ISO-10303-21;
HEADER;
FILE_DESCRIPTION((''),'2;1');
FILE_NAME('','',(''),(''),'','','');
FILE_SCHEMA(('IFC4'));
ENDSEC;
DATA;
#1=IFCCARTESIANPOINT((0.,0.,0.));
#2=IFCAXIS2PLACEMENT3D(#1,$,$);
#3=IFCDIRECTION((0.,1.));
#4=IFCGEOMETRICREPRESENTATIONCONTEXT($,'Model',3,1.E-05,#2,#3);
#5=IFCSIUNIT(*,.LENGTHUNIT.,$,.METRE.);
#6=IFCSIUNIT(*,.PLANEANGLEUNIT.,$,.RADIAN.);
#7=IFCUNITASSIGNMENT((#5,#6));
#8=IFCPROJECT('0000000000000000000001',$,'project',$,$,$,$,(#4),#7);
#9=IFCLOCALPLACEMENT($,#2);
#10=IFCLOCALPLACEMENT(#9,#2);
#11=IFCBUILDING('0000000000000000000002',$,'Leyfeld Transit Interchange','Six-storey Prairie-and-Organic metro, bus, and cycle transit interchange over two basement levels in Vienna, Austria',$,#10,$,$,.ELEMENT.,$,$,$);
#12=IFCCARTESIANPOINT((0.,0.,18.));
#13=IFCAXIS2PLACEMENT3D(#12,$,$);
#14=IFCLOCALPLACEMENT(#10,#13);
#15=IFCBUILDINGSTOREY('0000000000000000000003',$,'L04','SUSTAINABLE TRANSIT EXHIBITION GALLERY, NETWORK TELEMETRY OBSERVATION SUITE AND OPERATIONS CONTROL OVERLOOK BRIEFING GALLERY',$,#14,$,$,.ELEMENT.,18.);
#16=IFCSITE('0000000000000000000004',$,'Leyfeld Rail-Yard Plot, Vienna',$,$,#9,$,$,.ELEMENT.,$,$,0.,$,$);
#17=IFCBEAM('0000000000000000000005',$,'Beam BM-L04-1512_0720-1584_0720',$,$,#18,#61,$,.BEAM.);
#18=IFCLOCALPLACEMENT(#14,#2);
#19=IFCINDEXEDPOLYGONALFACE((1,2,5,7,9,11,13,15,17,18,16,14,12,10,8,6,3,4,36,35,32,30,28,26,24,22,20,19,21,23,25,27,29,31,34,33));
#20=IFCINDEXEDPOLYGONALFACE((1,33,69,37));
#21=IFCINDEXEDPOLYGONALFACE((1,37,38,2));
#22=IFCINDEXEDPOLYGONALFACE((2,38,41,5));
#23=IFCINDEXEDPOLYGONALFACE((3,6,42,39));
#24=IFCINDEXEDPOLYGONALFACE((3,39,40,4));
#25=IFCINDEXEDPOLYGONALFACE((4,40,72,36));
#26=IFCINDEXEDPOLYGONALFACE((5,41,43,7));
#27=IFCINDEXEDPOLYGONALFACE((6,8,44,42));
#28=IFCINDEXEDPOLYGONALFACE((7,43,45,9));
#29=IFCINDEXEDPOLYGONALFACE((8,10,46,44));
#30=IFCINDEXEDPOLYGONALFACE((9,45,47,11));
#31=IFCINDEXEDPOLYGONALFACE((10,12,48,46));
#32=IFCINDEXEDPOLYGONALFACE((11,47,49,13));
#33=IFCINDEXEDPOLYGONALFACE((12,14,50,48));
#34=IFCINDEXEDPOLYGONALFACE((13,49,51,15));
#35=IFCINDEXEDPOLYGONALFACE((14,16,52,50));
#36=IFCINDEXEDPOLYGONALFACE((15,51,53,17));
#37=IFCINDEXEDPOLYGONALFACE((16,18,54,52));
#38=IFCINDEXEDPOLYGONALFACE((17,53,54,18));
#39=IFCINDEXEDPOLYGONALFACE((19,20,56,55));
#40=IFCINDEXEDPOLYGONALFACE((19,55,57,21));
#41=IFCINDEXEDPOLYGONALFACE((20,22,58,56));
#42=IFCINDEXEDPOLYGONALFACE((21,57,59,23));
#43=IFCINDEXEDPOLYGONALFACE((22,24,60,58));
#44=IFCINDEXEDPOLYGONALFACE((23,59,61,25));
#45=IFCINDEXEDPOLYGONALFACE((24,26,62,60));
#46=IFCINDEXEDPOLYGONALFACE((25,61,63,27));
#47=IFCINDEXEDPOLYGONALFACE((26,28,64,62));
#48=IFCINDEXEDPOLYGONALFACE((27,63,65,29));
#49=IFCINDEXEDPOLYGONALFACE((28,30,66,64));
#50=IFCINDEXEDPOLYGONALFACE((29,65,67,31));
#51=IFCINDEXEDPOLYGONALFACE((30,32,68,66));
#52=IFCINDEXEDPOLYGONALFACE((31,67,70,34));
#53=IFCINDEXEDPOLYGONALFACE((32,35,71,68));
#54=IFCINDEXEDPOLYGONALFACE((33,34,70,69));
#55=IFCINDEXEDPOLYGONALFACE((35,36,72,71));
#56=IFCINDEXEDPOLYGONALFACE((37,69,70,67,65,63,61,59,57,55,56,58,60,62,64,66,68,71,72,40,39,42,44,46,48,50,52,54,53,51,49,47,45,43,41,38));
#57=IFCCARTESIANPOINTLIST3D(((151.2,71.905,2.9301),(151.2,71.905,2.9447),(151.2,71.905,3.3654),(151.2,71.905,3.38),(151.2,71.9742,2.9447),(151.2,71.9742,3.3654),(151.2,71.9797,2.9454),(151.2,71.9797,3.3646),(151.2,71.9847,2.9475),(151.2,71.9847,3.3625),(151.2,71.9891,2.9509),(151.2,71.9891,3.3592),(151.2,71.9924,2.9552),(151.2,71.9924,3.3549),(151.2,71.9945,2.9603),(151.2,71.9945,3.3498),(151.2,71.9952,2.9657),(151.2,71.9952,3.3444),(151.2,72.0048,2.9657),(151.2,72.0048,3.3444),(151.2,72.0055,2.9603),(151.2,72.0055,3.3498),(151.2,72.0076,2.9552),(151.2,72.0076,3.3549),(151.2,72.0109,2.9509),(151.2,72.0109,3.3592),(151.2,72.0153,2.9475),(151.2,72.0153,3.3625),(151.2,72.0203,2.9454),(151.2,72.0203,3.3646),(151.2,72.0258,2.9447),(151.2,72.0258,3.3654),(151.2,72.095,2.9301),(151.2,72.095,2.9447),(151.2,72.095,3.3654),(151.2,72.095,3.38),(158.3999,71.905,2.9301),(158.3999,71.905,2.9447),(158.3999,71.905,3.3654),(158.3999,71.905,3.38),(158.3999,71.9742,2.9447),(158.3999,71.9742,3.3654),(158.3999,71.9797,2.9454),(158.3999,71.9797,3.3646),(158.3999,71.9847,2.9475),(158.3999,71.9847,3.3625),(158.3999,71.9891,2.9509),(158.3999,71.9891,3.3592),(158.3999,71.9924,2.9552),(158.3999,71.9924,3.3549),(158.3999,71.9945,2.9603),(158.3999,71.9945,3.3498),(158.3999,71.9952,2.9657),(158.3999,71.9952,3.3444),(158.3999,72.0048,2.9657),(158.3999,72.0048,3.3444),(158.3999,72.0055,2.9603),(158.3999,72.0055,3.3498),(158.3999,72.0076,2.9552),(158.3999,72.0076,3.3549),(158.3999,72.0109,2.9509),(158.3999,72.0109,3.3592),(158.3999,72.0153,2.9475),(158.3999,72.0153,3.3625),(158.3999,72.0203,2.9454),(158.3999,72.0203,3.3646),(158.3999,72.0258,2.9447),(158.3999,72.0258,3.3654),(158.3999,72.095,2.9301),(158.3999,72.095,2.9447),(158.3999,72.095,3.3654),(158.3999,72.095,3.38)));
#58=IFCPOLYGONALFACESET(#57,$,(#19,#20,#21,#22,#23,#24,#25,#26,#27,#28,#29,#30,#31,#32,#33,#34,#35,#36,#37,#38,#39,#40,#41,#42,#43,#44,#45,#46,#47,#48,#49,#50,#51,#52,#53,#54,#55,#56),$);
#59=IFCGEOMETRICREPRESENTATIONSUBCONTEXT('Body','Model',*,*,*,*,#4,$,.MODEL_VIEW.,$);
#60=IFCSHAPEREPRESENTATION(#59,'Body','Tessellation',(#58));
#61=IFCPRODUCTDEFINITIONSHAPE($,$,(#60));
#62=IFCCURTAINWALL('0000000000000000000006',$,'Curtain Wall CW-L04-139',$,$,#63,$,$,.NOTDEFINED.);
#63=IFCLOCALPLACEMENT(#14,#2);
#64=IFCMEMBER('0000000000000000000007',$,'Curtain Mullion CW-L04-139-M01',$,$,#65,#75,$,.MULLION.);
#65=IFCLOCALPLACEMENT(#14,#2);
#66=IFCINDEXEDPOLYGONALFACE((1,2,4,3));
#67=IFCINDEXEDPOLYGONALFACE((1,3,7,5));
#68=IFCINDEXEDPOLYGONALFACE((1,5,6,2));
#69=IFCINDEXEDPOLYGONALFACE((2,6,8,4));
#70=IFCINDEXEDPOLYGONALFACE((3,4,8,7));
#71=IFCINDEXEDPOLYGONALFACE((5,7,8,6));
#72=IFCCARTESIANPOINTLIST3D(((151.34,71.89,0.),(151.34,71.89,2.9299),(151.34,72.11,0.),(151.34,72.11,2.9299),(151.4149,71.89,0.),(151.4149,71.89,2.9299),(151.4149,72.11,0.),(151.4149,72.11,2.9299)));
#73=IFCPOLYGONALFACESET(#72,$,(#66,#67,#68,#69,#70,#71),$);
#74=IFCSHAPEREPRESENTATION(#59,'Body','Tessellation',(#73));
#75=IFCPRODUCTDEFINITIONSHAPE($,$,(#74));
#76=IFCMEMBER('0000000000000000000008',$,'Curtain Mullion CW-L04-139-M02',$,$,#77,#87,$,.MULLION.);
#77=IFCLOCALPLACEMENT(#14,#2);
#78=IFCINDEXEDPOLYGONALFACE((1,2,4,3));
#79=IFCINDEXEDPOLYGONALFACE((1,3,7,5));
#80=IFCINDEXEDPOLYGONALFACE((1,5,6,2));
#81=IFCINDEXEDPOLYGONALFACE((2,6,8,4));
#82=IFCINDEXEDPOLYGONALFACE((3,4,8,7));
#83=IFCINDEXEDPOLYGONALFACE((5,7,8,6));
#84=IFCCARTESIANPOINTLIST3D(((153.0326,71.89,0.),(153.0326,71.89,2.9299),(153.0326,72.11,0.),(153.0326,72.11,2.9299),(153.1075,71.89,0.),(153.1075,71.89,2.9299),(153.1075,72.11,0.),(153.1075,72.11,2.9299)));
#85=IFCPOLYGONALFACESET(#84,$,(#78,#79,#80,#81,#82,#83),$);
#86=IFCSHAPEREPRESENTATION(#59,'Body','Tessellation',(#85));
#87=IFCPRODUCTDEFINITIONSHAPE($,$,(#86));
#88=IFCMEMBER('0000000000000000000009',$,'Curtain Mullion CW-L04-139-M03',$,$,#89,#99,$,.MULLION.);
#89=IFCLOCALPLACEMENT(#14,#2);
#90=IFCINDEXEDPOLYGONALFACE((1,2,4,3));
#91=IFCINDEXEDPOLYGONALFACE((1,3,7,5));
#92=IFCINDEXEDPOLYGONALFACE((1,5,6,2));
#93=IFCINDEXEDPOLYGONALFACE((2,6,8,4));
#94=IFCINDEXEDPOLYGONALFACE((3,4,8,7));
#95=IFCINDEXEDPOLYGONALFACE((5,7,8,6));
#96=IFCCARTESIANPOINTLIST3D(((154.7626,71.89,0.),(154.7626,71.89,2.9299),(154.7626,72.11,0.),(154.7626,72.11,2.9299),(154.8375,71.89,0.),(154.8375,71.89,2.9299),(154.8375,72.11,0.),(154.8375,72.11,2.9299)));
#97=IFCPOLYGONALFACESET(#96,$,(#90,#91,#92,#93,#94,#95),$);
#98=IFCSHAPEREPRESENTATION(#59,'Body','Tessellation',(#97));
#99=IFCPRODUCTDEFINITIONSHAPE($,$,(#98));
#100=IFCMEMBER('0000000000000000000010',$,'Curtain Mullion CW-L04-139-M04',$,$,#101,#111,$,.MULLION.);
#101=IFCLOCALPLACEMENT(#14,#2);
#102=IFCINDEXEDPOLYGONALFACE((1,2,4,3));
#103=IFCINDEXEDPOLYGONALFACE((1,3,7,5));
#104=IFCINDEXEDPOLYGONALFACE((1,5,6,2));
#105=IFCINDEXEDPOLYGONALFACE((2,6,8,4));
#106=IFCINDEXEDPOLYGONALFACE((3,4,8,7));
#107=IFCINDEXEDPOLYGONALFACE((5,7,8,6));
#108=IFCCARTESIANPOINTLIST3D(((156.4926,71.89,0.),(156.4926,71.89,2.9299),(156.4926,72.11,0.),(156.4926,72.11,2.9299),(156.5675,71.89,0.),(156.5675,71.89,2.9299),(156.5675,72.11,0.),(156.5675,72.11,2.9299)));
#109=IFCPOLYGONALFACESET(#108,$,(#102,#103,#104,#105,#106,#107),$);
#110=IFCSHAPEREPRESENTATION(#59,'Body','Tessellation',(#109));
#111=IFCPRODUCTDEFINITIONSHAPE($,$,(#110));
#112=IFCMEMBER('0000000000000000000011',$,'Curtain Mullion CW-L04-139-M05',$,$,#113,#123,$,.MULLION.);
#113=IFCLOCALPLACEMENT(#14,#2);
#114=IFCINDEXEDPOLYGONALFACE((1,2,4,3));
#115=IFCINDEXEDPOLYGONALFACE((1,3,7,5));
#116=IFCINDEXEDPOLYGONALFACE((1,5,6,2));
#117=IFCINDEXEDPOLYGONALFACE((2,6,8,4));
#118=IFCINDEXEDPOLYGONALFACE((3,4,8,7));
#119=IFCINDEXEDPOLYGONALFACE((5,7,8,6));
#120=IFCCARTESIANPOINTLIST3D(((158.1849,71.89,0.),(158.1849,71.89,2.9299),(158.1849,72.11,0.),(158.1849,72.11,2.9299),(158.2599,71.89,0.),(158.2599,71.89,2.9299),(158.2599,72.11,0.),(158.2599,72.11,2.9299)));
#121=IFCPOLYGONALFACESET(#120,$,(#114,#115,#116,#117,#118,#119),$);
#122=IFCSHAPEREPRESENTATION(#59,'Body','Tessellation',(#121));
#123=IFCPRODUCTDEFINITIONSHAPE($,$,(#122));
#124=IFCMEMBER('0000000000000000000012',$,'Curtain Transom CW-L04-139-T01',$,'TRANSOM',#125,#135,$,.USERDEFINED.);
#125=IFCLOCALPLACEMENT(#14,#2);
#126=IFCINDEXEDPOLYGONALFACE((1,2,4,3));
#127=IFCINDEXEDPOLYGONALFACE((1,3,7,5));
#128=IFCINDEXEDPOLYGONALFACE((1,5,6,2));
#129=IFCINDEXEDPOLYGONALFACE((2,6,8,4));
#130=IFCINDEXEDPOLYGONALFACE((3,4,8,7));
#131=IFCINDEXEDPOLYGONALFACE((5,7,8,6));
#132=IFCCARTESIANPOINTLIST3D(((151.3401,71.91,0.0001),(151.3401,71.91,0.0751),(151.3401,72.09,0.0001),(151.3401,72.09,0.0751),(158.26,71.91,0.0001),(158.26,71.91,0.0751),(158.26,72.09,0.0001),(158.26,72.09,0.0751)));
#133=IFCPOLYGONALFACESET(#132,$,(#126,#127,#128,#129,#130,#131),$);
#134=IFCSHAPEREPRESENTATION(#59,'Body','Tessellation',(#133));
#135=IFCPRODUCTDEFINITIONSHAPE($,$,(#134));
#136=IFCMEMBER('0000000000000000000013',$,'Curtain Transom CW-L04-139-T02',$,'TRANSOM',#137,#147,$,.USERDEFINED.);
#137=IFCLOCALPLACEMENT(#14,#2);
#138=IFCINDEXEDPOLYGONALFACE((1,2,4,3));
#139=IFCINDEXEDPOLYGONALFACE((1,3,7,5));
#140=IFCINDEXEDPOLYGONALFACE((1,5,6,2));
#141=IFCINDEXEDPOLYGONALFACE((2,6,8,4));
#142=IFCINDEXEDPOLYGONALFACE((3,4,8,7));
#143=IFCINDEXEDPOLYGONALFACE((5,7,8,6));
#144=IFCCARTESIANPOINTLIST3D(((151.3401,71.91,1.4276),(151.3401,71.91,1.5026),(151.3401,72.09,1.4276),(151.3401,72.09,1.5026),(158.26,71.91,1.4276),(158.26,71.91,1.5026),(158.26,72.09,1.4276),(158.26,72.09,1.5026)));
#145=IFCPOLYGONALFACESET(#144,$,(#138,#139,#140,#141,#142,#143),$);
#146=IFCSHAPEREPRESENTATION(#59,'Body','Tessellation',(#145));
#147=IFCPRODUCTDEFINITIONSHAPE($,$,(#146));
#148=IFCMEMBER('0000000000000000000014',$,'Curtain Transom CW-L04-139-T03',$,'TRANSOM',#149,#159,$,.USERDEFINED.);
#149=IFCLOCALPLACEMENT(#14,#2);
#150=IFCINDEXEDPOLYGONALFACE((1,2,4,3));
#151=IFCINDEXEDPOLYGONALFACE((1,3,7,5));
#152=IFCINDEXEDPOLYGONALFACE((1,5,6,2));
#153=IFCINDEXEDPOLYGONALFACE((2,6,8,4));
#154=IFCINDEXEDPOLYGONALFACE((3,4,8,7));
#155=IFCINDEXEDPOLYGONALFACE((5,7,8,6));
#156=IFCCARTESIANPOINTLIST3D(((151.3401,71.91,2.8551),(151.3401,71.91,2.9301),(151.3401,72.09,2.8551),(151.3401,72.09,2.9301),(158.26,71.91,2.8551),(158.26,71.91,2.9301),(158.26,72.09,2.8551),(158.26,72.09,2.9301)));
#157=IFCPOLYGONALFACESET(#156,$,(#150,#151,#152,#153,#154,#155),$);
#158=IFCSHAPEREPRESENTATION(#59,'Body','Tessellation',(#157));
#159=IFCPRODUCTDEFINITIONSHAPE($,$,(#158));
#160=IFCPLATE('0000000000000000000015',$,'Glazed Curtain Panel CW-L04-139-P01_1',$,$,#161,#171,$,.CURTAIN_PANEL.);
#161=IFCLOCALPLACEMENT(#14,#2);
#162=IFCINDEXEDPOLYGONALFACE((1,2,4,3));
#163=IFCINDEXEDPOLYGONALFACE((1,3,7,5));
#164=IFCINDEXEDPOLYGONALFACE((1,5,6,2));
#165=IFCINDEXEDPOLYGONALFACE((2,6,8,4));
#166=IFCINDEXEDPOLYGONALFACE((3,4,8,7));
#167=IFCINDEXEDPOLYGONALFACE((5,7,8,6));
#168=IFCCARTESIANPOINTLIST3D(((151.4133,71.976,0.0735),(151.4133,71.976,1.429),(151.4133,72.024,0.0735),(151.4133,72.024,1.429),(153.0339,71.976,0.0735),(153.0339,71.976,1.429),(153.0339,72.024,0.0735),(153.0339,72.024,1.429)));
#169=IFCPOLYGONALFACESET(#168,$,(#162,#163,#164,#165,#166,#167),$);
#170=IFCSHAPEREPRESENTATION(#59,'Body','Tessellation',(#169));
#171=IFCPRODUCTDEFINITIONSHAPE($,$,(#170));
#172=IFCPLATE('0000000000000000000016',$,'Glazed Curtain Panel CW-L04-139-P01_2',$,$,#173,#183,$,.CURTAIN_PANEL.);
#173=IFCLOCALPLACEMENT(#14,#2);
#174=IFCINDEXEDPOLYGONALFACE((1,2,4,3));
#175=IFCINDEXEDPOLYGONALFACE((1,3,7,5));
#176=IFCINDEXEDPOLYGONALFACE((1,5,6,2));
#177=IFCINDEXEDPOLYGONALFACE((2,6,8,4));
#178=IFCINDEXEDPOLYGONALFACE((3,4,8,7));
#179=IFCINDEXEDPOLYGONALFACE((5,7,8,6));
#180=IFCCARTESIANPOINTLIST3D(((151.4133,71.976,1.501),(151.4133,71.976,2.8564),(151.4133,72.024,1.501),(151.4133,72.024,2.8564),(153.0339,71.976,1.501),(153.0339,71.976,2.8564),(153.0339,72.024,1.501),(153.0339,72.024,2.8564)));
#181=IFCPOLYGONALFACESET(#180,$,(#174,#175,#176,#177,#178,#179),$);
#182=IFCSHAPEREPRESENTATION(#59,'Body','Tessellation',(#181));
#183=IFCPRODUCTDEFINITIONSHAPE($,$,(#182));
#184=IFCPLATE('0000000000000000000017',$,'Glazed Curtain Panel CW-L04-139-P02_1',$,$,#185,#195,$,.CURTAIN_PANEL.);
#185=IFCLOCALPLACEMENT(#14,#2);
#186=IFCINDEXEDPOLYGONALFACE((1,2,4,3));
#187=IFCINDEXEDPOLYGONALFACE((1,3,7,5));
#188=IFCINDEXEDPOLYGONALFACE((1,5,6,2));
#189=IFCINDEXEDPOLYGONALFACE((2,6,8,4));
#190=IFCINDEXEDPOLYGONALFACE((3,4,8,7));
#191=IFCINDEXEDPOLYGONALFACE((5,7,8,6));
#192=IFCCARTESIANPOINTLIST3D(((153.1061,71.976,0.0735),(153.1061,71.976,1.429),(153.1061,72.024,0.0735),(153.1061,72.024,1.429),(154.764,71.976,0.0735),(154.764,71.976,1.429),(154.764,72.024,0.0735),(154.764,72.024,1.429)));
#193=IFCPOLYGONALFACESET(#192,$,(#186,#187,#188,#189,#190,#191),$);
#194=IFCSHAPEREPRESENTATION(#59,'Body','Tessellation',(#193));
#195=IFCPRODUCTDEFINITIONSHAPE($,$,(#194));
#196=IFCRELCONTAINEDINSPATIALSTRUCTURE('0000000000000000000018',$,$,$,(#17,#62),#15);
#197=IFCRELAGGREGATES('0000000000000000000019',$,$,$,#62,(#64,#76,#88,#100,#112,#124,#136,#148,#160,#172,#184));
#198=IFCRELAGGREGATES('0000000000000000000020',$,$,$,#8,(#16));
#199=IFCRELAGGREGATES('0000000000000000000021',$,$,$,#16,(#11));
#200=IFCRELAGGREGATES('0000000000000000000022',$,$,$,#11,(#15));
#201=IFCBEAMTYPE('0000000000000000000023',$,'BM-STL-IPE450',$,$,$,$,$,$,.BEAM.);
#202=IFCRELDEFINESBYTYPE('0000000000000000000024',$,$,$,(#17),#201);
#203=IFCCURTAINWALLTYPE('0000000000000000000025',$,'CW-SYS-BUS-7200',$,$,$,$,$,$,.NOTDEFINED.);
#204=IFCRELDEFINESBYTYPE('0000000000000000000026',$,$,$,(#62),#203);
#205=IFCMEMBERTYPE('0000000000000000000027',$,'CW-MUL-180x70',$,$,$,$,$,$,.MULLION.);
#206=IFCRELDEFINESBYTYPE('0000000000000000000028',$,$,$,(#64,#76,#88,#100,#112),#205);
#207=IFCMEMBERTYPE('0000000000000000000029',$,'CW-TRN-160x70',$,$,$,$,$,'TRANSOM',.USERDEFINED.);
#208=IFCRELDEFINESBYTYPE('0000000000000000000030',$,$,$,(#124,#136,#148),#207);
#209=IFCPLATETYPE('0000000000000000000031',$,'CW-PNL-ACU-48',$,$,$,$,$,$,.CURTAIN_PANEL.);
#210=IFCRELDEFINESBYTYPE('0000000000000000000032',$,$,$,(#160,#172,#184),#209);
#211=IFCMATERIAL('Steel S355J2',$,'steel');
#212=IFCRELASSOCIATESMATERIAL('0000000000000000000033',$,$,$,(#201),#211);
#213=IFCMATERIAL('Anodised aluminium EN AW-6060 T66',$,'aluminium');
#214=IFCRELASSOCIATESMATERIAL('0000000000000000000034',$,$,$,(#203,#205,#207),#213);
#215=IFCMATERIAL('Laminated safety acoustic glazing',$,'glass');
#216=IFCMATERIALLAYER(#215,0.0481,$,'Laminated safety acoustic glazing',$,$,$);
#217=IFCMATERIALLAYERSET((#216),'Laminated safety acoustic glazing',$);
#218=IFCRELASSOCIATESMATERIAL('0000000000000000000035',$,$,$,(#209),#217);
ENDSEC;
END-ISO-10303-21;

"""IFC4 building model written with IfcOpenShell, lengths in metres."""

from ifc_helpers import new_model, si_unit, direction, frame, origin, origin_2d, place, context, subcontext, project, spatial, rectangle, i_section, extrude, material, layer, layer_set, material_profile, profile_set, type_object, element, aggregate, save


model = new_model("IFC4")

# Units and contexts
model_context = context("Model", 3, precision=1e-05, world=origin(), true_north=direction((0.0, 1.0)))
body_context = subcontext(model_context, "Body", "Model", "MODEL_VIEW")
ifc_project = project(units=[si_unit("LENGTHUNIT", "METRE"), si_unit("PLANEANGLEUNIT", "RADIAN")], contexts=[model_context])

# Site, building, storey
site_placement = place(None, origin())
site = spatial("IfcSite", under=ifc_project, at=site_placement, Name="Leyfeld Rail-Yard Plot, Vienna", CompositionType="ELEMENT", RefElevation=0.0)
building_placement = place(site_placement, origin())
building = spatial("IfcBuilding", under=site, at=building_placement, Name="Leyfeld Transit Interchange", Description="Six-storey Prairie-and-Organic metro, bus, and cycle transit interchange over two basement levels in Vienna, Austria", CompositionType="ELEMENT")
storey_placement = place(building_placement, frame((0.0, 0.0, 18.0)))
storey = spatial("IfcBuildingStorey", under=building, at=storey_placement, Name="L04", Description="SUSTAINABLE TRANSIT EXHIBITION GALLERY, NETWORK TELEMETRY OBSERVATION SUITE AND OPERATIONS CONTROL OVERLOOK BRIEFING GALLERY", CompositionType="ELEMENT", Elevation=18.0)

# Shared definitions
ifc_material_1 = material(Name="Steel S355J2", Category="steel")

# Beam
ifc_material_profile_1 = material_profile(ifc_material_1, i_section(OverallWidth=0.1899, OverallDepth=0.45, WebThickness=0.0095, FlangeThickness=0.0146, FilletRadius=0.021, at=origin_2d()), Name="IPE 450")
ifc_profile_set_1 = profile_set([ifc_material_profile_1], Name="Steel S355J2")
beam_type_1 = type_object("IfcBeamType", Name="BM-STL-IPE450", PredefinedType="BEAM", material=ifc_profile_set_1)
beam_1_placement = place(storey_placement, frame((151.2, 72.0, 3.155), z_axis=(1.0, 0.0, 0.0), x_axis=(0.0, 1.0, 0.0)))
element("IfcBeam", 1, at=beam_1_placement, inside=storey, type_object=beam_type_1, Name="Beam BM-L04-1512_0720-1584_0720", PredefinedType="BEAM", context=body_context, shape_type="SweptSolid", body=[
    extrude(i_section(OverallWidth=0.1899, OverallDepth=0.45, WebThickness=0.0095, FlangeThickness=0.0146, FilletRadius=0.021, at=origin_2d()), origin(), (0.0, 0.0, 1.0), 7.2),
])

# Curtain wall, members, plates
ifc_material_2 = material(Name="Anodised aluminium EN AW-6060 T66", Category="aluminium")
curtain_wall_type = type_object("IfcCurtainWallType", Name="CW-SYS-BUS-7200", PredefinedType="NOTDEFINED", material=ifc_material_2)
curtain_wall_placement = place(storey_placement, origin())
curtain_wall = element("IfcCurtainWall", 2, at=curtain_wall_placement, inside=storey, type_object=curtain_wall_type, Name="Curtain Wall CW-L04-139", PredefinedType="NOTDEFINED")
ifc_material_profile_2 = material_profile(ifc_material_2, rectangle(XDim=0.075, YDim=0.22, at=origin_2d()), Name="CW-M 75x220")
ifc_profile_set_2 = profile_set([ifc_material_profile_2], Name="Anodised aluminium EN AW-6060 T66")
member_type_1 = type_object("IfcMemberType", Name="CW-MUL-180x70", PredefinedType="MULLION", material=ifc_profile_set_2)
member_1_placement = place(storey_placement, frame((151.3774, 72.0, 0.0), z_axis=(0.0, 0.0, 1.0), x_axis=(1.0, 0.0, 0.0)))
member_1 = element("IfcMember", 3, at=member_1_placement, type_object=member_type_1, Name="Curtain Mullion CW-L04-139-M01", PredefinedType="MULLION", context=body_context, shape_type="SweptSolid", body=[
    extrude(rectangle(XDim=0.075, YDim=0.22, at=origin_2d()), origin(), (0.0, 0.0, 1.0), 2.9299),
])
member_2_placement = place(storey_placement, frame((153.0701, 72.0, 0.0), z_axis=(0.0, 0.0, 1.0), x_axis=(1.0, 0.0, 0.0)))
member_2 = element("IfcMember", 4, at=member_2_placement, type_object=member_type_1, Name="Curtain Mullion CW-L04-139-M02", PredefinedType="MULLION", context=body_context, shape_type="SweptSolid", body=[
    extrude(rectangle(XDim=0.075, YDim=0.22, at=origin_2d()), origin(), (0.0, 0.0, 1.0), 2.9299),
])
member_3_placement = place(storey_placement, frame((154.8, 72.0, 0.0), z_axis=(0.0, 0.0, 1.0), x_axis=(1.0, 0.0, 0.0)))
member_3 = element("IfcMember", 5, at=member_3_placement, type_object=member_type_1, Name="Curtain Mullion CW-L04-139-M03", PredefinedType="MULLION", context=body_context, shape_type="SweptSolid", body=[
    extrude(rectangle(XDim=0.075, YDim=0.22, at=origin_2d()), origin(), (0.0, 0.0, 1.0), 2.9299),
])
member_4_placement = place(storey_placement, frame((156.53, 72.0, 0.0), z_axis=(0.0, 0.0, 1.0), x_axis=(1.0, 0.0, 0.0)))
member_4 = element("IfcMember", 6, at=member_4_placement, type_object=member_type_1, Name="Curtain Mullion CW-L04-139-M04", PredefinedType="MULLION", context=body_context, shape_type="SweptSolid", body=[
    extrude(rectangle(XDim=0.075, YDim=0.22, at=origin_2d()), origin(), (0.0, 0.0, 1.0), 2.9299),
])
member_5_placement = place(storey_placement, frame((158.2224, 72.0, 0.0), z_axis=(0.0, 0.0, 1.0), x_axis=(1.0, 0.0, 0.0)))
member_5 = element("IfcMember", 7, at=member_5_placement, type_object=member_type_1, Name="Curtain Mullion CW-L04-139-M05", PredefinedType="MULLION", context=body_context, shape_type="SweptSolid", body=[
    extrude(rectangle(XDim=0.075, YDim=0.22, at=origin_2d()), origin(), (0.0, 0.0, 1.0), 2.9299),
])
ifc_material_profile_3 = material_profile(ifc_material_2, rectangle(XDim=0.1799, YDim=0.075, at=origin_2d()), Name="CW-TRN-160x70")
ifc_profile_set_3 = profile_set([ifc_material_profile_3], Name="Anodised aluminium EN AW-6060 T66")
member_type_2 = type_object("IfcMemberType", Name="CW-TRN-160x70", ElementType="TRANSOM", PredefinedType="USERDEFINED", material=ifc_profile_set_3)
member_6_placement = place(storey_placement, frame((151.3401, 72.0, 0.0376), z_axis=(1.0, 0.0, 0.0), x_axis=(0.0, 1.0, 0.0)))
member_6 = element("IfcMember", 8, at=member_6_placement, type_object=member_type_2, Name="Curtain Transom CW-L04-139-T01", ObjectType="TRANSOM", PredefinedType="USERDEFINED", context=body_context, shape_type="SweptSolid", body=[
    extrude(rectangle(XDim=0.1799, YDim=0.075, at=origin_2d()), origin(), (0.0, 0.0, 1.0), 6.9199),
])
member_7_placement = place(storey_placement, frame((151.3401, 72.0, 1.4651), z_axis=(1.0, 0.0, 0.0), x_axis=(0.0, 1.0, 0.0)))
member_7 = element("IfcMember", 9, at=member_7_placement, type_object=member_type_2, Name="Curtain Transom CW-L04-139-T02", ObjectType="TRANSOM", PredefinedType="USERDEFINED", context=body_context, shape_type="SweptSolid", body=[
    extrude(rectangle(XDim=0.1799, YDim=0.075, at=origin_2d()), origin(), (0.0, 0.0, 1.0), 6.9199),
])
member_8_placement = place(storey_placement, frame((151.3401, 72.0, 2.8926), z_axis=(1.0, 0.0, 0.0), x_axis=(0.0, 1.0, 0.0)))
member_8 = element("IfcMember", 10, at=member_8_placement, type_object=member_type_2, Name="Curtain Transom CW-L04-139-T03", ObjectType="TRANSOM", PredefinedType="USERDEFINED", context=body_context, shape_type="SweptSolid", body=[
    extrude(rectangle(XDim=0.1799, YDim=0.075, at=origin_2d()), origin(), (0.0, 0.0, 1.0), 6.9199),
])
ifc_material_3 = material(Name="Laminated safety acoustic glazing", Category="glass")
ifc_layer_1 = layer(ifc_material_3, 0.0481, Name="Laminated safety acoustic glazing")
ifc_layer_set_1 = layer_set([ifc_layer_1], Name="Laminated safety acoustic glazing")
plate_type = type_object("IfcPlateType", Name="CW-PNL-ACU-48", PredefinedType="CURTAIN_PANEL", material=ifc_layer_set_1)
plate_1_placement = place(storey_placement, frame((152.2236, 72.0, 0.0735), z_axis=(0.0, 0.0, 1.0), x_axis=(1.0, 0.0, 0.0)))
plate_1 = element("IfcPlate", 11, at=plate_1_placement, type_object=plate_type, Name="Glazed Curtain Panel CW-L04-139-P01_1", PredefinedType="CURTAIN_PANEL", context=body_context, shape_type="SweptSolid", body=[
    extrude(rectangle(XDim=1.6206, YDim=0.0481, at=origin_2d()), origin(), (0.0, 0.0, 1.0), 1.3555),
])
plate_2_placement = place(storey_placement, frame((152.2236, 72.0, 1.501), z_axis=(0.0, 0.0, 1.0), x_axis=(1.0, 0.0, 0.0)))
plate_2 = element("IfcPlate", 12, at=plate_2_placement, type_object=plate_type, Name="Glazed Curtain Panel CW-L04-139-P01_2", PredefinedType="CURTAIN_PANEL", context=body_context, shape_type="SweptSolid", body=[
    extrude(rectangle(XDim=1.6206, YDim=0.0481, at=origin_2d()), origin(), (0.0, 0.0, 1.0), 1.3555),
])
plate_3_placement = place(storey_placement, frame((153.9351, 72.0, 0.0735), z_axis=(0.0, 0.0, 1.0), x_axis=(1.0, 0.0, 0.0)))
plate_3 = element("IfcPlate", 13, at=plate_3_placement, type_object=plate_type, Name="Glazed Curtain Panel CW-L04-139-P02_1", PredefinedType="CURTAIN_PANEL", context=body_context, shape_type="SweptSolid", body=[
    extrude(rectangle(XDim=1.658, YDim=0.0481, at=origin_2d()), origin(), (0.0, 0.0, 1.0), 1.3555),
])
aggregate(curtain_wall, [member_1, member_2, member_3, member_4, member_5, member_6, member_7, member_8, plate_1, plate_2, plate_3])

save(model, "model.ifc")
